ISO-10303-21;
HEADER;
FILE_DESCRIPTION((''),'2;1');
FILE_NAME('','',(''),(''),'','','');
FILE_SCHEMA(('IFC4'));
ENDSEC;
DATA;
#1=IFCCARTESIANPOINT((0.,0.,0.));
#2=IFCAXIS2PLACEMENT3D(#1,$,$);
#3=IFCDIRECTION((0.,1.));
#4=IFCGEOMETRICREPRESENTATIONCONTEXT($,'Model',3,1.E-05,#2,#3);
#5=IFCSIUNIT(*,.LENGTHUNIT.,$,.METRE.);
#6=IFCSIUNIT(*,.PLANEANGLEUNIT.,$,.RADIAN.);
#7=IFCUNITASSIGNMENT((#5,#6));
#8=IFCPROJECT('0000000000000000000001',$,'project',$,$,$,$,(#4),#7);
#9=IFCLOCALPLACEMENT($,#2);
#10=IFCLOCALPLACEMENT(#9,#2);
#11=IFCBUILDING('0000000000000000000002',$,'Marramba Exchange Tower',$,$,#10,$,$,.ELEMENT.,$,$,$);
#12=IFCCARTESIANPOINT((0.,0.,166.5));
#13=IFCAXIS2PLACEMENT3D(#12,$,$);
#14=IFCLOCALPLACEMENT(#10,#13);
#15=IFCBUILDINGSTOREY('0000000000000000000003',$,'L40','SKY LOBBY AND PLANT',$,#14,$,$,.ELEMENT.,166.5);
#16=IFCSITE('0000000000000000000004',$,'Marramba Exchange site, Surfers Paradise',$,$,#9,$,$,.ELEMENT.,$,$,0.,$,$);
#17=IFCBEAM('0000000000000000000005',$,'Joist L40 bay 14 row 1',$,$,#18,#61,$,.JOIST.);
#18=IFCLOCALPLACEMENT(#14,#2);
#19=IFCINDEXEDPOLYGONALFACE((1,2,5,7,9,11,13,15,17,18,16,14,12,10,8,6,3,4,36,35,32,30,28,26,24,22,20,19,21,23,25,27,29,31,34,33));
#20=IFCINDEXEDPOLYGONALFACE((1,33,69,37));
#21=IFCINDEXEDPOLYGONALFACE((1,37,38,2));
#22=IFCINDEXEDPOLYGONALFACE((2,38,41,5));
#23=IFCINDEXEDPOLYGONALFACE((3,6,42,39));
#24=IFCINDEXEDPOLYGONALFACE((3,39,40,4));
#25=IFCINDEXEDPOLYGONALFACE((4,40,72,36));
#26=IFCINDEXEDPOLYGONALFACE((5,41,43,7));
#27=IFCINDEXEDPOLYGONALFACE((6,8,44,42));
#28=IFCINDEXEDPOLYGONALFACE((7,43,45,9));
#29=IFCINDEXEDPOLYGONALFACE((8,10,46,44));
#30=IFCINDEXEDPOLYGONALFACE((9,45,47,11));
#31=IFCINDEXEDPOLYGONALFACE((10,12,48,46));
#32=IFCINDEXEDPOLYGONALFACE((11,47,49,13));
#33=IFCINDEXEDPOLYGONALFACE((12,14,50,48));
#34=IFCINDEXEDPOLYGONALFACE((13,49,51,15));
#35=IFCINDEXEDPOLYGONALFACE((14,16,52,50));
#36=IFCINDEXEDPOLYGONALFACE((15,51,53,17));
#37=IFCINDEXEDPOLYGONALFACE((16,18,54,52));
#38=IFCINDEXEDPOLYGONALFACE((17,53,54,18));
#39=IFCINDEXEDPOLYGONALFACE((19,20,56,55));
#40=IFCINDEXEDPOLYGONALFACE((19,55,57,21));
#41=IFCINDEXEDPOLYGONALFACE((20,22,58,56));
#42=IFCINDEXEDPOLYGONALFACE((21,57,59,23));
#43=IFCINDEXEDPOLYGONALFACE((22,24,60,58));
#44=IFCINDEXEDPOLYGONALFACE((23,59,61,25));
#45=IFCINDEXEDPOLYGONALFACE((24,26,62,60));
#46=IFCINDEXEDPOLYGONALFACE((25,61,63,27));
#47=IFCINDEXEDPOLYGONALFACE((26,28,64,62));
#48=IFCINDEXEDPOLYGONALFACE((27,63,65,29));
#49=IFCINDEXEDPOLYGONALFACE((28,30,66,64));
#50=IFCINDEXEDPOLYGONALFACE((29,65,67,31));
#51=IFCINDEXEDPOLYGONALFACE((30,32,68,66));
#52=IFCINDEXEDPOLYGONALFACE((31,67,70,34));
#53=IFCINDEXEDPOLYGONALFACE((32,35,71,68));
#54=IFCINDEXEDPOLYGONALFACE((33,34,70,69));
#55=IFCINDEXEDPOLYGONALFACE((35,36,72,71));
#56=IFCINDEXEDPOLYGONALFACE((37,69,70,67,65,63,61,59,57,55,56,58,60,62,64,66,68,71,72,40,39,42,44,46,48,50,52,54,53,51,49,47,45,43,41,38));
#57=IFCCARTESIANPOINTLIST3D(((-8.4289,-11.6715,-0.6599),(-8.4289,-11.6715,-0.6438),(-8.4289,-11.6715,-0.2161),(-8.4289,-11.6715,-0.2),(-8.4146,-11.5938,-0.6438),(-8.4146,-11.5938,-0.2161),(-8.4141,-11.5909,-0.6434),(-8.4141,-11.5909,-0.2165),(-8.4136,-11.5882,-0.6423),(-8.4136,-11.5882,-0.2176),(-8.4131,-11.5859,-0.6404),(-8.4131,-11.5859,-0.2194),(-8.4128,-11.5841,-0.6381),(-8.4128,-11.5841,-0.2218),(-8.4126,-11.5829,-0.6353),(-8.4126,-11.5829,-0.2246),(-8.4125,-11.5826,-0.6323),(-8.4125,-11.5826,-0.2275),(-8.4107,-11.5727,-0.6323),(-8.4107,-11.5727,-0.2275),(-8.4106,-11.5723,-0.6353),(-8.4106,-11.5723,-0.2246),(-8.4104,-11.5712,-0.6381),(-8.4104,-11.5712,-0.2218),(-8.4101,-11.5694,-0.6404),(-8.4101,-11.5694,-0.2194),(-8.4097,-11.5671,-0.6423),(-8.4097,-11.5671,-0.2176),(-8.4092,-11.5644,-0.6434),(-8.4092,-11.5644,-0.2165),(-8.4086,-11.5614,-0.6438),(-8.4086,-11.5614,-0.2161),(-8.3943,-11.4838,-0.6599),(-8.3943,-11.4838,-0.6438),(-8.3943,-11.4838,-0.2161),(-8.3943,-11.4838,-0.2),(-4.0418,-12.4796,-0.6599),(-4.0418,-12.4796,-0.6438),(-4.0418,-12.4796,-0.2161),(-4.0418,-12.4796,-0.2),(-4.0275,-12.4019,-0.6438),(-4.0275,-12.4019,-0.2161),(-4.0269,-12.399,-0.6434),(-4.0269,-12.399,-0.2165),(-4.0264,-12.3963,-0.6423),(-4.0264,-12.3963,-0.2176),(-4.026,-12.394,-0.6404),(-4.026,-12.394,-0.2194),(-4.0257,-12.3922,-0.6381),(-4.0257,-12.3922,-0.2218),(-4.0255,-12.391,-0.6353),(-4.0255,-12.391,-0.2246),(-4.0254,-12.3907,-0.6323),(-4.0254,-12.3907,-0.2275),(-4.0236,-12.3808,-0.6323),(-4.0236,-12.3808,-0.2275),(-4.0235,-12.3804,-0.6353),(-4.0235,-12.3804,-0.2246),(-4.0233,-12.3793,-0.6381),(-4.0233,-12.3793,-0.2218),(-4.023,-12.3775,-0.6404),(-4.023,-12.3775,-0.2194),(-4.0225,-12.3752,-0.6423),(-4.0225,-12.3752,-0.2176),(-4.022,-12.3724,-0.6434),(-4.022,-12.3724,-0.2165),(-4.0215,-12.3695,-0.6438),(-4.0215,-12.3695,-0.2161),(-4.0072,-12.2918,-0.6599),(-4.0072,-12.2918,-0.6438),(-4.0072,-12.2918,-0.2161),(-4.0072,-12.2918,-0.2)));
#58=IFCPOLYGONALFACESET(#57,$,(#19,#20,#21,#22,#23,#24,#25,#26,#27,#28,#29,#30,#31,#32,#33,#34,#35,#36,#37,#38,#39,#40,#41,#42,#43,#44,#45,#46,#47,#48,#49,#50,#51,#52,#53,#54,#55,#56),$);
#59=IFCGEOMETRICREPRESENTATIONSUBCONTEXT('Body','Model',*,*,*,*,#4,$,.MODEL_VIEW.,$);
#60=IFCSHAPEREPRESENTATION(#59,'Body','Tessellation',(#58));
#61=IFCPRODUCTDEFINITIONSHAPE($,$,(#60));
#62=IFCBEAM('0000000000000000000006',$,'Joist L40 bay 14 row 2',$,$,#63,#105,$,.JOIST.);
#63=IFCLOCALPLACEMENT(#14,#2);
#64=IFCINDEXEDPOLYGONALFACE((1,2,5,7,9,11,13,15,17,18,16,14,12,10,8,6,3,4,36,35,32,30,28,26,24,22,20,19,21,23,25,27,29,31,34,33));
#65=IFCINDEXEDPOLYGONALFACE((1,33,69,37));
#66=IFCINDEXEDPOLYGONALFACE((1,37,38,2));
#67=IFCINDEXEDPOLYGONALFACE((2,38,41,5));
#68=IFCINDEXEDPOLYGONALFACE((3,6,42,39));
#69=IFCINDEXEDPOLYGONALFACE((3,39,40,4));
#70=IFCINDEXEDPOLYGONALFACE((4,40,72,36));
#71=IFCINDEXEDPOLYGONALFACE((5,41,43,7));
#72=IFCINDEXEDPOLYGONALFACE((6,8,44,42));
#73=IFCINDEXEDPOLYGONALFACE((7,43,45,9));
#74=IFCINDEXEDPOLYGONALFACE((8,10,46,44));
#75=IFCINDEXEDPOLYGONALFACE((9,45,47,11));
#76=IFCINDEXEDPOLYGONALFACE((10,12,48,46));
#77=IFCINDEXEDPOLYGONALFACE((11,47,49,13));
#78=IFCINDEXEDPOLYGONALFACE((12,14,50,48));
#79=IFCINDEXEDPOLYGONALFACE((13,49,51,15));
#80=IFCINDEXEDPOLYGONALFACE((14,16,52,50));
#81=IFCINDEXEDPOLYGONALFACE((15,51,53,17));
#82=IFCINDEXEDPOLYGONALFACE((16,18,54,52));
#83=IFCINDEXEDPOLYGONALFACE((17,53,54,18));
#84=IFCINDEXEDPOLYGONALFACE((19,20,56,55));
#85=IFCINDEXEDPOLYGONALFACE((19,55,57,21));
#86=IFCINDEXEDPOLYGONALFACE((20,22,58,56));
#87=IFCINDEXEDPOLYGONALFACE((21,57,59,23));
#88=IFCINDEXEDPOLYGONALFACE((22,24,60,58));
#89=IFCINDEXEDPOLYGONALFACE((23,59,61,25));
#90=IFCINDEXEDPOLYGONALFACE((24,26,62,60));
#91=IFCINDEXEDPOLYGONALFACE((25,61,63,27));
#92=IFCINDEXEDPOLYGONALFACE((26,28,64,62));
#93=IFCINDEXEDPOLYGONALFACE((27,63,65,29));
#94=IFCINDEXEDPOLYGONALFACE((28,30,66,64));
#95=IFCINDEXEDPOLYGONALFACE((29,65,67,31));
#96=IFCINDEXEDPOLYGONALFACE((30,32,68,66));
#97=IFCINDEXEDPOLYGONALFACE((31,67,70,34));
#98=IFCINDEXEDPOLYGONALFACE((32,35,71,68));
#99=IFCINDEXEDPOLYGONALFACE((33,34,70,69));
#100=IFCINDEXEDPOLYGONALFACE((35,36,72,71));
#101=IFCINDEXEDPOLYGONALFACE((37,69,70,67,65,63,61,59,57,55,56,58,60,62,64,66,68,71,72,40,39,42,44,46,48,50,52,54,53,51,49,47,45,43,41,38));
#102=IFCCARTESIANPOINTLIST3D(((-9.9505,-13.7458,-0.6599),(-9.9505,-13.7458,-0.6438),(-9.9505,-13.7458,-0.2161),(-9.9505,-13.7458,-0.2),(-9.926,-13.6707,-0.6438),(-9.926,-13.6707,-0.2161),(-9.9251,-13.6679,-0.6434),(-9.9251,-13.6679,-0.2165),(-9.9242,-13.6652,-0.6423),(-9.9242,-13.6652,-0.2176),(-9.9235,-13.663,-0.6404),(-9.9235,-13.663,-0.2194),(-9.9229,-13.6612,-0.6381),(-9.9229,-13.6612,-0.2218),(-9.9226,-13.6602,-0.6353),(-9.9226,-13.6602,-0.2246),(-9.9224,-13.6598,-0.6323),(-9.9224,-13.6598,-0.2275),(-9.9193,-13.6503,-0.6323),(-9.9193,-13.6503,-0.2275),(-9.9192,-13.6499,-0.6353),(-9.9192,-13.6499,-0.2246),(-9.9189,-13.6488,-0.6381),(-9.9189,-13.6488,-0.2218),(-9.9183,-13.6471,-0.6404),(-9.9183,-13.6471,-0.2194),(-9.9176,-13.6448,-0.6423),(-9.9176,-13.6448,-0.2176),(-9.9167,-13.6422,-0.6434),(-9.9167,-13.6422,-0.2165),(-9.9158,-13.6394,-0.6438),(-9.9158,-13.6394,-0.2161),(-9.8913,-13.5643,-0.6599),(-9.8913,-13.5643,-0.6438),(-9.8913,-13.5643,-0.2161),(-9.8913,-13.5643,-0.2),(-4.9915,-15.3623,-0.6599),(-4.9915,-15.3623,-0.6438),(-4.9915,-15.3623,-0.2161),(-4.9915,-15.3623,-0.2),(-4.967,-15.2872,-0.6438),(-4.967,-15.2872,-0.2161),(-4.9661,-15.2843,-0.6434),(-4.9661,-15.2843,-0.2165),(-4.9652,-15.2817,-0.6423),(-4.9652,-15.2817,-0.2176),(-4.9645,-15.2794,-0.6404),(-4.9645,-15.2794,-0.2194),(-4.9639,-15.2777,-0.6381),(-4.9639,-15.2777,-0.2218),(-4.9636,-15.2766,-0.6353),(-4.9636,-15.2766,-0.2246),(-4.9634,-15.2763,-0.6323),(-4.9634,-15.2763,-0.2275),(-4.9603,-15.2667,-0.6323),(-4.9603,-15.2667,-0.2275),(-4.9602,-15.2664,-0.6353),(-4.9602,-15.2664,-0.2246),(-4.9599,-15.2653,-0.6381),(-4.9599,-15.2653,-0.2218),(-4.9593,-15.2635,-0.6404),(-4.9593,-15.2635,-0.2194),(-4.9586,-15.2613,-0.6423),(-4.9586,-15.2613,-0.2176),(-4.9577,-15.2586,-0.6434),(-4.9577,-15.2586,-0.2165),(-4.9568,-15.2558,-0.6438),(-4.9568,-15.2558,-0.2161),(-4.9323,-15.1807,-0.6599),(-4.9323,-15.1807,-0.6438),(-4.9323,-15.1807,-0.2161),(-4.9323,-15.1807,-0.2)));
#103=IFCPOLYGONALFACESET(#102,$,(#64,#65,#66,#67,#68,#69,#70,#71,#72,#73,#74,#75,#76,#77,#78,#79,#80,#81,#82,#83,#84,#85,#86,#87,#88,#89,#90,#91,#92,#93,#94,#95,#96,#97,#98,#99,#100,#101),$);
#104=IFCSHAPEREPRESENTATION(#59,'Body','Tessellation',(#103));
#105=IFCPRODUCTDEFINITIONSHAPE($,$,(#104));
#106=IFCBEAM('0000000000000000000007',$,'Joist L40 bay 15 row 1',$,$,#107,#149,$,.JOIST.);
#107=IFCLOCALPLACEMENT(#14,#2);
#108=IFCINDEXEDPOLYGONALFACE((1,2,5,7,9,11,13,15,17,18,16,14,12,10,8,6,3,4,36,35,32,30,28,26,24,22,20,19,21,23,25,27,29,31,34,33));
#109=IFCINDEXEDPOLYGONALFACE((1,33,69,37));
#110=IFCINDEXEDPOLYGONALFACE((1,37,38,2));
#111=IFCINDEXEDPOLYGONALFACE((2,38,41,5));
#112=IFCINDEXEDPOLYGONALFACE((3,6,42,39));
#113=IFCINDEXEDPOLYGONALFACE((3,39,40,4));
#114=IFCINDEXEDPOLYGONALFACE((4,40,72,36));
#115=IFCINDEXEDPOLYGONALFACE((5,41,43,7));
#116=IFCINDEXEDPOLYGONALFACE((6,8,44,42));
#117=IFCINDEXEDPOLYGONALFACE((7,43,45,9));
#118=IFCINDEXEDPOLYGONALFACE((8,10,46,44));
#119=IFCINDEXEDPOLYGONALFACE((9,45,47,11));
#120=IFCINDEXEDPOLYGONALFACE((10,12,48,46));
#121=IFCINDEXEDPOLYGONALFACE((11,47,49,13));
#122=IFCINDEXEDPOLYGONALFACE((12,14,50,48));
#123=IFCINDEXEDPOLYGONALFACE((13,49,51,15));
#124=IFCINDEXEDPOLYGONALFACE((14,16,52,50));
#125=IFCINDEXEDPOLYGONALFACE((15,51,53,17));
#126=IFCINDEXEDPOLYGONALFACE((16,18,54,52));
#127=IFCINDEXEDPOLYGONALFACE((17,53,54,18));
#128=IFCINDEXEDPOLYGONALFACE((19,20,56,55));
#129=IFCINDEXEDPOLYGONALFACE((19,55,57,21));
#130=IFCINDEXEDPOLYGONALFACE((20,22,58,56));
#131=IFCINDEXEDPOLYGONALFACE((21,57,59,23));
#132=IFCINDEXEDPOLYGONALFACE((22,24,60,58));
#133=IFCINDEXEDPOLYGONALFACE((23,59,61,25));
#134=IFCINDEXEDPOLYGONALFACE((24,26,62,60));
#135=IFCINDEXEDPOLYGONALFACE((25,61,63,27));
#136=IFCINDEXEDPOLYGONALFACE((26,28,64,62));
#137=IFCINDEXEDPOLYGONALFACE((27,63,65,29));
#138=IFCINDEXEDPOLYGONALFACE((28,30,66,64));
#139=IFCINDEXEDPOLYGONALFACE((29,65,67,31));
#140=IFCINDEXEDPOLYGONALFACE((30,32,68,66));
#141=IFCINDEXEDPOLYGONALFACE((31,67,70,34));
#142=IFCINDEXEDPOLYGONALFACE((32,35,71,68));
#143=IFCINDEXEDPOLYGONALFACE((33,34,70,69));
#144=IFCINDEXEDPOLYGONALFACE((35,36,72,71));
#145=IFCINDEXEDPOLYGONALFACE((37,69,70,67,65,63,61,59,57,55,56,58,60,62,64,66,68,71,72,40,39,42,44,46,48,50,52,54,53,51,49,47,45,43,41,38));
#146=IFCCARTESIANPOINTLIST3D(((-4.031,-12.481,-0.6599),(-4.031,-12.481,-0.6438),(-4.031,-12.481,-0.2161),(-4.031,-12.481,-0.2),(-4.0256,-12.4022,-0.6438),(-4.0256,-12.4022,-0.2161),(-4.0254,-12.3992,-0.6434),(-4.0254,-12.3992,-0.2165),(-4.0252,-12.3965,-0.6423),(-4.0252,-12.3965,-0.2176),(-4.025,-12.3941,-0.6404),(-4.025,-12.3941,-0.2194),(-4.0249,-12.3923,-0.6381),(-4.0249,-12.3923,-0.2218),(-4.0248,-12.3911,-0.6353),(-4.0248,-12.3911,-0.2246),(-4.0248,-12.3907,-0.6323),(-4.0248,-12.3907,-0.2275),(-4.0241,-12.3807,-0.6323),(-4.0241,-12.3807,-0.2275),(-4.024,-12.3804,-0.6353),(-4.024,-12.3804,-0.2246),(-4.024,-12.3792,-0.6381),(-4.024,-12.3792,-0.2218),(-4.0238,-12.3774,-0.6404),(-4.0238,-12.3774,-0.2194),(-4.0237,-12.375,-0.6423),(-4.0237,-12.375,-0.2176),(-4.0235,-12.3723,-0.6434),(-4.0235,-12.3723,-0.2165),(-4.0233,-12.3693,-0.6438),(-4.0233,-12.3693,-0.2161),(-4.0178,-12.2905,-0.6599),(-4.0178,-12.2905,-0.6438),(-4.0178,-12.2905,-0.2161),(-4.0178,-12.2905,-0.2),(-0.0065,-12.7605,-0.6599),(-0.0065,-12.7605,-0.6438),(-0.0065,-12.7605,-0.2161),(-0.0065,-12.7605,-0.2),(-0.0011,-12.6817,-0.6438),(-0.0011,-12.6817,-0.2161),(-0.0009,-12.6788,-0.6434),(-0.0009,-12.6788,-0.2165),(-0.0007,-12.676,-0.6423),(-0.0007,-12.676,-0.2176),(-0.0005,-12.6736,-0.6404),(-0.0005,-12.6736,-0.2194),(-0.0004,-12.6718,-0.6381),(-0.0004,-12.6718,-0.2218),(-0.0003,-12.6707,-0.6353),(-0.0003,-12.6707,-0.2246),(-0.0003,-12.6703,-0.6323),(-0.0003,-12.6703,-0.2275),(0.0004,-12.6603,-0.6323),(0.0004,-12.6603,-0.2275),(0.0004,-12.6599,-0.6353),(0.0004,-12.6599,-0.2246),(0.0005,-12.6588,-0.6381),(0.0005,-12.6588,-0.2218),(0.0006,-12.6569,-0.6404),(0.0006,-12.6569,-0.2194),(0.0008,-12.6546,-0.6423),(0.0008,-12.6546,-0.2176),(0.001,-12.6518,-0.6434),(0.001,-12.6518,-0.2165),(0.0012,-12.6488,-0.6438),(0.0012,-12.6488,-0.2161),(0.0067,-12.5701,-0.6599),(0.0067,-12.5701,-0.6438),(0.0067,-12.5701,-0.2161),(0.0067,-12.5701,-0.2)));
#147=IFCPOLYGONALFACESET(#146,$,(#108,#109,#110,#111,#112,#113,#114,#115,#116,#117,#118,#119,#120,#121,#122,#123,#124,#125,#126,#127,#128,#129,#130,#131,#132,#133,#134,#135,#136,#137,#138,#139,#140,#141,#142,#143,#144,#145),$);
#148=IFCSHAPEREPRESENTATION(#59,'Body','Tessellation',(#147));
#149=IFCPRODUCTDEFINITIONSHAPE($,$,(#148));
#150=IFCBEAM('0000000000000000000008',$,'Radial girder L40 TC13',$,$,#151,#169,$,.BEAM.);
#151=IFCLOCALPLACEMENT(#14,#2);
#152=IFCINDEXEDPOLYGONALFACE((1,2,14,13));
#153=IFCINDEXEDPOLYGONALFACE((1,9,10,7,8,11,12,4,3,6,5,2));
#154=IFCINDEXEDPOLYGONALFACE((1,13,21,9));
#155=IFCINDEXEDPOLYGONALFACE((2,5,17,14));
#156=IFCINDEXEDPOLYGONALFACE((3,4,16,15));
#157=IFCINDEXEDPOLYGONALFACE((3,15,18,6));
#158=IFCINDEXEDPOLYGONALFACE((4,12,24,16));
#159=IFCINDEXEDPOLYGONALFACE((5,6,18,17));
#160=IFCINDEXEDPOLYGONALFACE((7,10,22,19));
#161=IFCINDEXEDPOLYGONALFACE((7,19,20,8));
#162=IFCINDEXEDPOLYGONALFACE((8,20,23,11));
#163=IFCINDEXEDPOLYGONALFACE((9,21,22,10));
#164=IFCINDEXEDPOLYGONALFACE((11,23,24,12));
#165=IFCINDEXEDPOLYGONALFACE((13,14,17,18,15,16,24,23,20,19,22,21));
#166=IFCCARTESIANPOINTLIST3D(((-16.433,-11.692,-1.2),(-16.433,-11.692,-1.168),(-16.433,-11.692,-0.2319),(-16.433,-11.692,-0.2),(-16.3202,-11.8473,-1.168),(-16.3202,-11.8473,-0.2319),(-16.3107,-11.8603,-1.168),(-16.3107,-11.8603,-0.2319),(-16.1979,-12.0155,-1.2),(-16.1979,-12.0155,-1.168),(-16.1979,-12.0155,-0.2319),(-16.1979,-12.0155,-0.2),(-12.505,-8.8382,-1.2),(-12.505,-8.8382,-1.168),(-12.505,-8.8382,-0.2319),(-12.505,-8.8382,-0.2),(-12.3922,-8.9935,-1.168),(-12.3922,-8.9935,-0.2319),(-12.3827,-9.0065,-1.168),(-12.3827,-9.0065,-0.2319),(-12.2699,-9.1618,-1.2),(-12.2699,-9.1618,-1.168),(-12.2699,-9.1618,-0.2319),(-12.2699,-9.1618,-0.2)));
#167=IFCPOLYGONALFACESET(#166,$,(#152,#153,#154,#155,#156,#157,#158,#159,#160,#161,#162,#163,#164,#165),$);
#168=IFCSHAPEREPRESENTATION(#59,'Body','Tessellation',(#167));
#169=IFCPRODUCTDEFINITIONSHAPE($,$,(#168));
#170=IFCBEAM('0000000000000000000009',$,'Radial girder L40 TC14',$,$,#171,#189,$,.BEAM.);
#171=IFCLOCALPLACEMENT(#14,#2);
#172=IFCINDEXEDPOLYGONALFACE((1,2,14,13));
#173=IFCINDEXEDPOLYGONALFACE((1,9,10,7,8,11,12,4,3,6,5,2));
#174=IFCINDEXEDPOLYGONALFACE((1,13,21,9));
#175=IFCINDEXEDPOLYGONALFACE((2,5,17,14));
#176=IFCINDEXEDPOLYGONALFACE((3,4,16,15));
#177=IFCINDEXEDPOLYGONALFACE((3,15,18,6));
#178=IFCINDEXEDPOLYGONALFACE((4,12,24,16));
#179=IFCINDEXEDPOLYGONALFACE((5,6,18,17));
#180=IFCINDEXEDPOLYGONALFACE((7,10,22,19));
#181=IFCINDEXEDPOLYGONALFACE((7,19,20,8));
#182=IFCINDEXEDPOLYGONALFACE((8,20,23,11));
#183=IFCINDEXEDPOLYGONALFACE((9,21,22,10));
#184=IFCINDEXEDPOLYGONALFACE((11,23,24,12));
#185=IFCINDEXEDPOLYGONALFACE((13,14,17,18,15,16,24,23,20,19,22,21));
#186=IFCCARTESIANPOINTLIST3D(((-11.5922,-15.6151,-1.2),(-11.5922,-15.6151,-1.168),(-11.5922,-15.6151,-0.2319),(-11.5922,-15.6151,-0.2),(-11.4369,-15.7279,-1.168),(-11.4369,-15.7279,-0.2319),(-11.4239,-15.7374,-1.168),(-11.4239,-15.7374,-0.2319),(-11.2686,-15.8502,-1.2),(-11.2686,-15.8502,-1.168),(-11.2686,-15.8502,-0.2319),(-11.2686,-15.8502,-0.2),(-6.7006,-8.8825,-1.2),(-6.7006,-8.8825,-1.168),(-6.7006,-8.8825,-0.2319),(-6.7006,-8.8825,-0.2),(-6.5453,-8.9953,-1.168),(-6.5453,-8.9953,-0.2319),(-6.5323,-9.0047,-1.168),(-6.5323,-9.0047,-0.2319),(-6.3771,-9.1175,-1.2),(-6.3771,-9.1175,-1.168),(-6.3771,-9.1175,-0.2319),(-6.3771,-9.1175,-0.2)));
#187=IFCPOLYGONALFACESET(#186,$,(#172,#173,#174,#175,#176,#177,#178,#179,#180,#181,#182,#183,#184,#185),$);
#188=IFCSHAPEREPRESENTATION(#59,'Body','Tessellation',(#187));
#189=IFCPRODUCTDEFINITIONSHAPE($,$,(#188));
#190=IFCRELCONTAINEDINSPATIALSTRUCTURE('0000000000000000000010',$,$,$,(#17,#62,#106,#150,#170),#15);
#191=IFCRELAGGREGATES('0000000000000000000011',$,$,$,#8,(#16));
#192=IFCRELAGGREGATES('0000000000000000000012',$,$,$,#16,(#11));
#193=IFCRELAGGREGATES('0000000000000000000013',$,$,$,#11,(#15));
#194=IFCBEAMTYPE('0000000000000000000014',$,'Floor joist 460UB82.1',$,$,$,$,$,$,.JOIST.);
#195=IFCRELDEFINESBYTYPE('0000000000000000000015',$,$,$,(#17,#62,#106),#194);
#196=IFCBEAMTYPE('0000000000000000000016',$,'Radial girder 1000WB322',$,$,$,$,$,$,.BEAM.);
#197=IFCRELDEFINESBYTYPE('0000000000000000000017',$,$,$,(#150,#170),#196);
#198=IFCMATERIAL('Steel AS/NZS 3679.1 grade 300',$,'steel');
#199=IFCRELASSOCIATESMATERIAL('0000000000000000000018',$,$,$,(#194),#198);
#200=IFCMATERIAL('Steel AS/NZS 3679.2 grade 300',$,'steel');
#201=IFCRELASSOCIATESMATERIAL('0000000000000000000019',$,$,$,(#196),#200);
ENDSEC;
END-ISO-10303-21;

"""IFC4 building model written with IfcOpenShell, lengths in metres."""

from ifc_helpers import new_model, si_unit, direction, frame, origin, origin_2d, place, context, subcontext, project, spatial, i_section, extrude, material, material_profile, profile_set, type_object, element, save


model = new_model("IFC4")

# Units and contexts
model_context = context("Model", 3, precision=1e-05, world=origin(), true_north=direction((0.0, 1.0)))
body_context = subcontext(model_context, "Body", "Model", "MODEL_VIEW")
ifc_project = project(units=[si_unit("LENGTHUNIT", "METRE"), si_unit("PLANEANGLEUNIT", "RADIAN")], contexts=[model_context])

# Site, building, storey
site_placement = place(None, origin())
site = spatial("IfcSite", under=ifc_project, at=site_placement, Name="Marramba Exchange site, Surfers Paradise", CompositionType="ELEMENT", RefElevation=0.0)
building_placement = place(site_placement, origin())
building = spatial("IfcBuilding", under=site, at=building_placement, Name="Marramba Exchange Tower", CompositionType="ELEMENT")
storey_placement = place(building_placement, frame((0.0, 0.0, 166.5)))
storey = spatial("IfcBuildingStorey", under=building, at=storey_placement, Name="L40", Description="SKY LOBBY AND PLANT", CompositionType="ELEMENT", Elevation=166.5)

# Beams
ifc_material_1 = material(Name="Steel AS/NZS 3679.1 grade 300", Category="steel")
ifc_material_profile_1 = material_profile(ifc_material_1, i_section(OverallWidth=0.1909, OverallDepth=0.46, WebThickness=0.01, FlangeThickness=0.0161, FilletRadius=0.0115, at=origin_2d()), Name="460UB82.1")
ifc_profile_set_1 = profile_set([ifc_material_profile_1], Name="Steel AS/NZS 3679.1 grade 300")
beam_type_1 = type_object("IfcBeamType", Name="Floor joist 460UB82.1", PredefinedType="JOIST", material=ifc_profile_set_1)
beam_1_placement = place(storey_placement, frame((-8.4116, -11.5776, -0.4299), z_axis=(0.983456, -0.181149, 0.0), x_axis=(0.181149, 0.983456, 0.0)))
element("IfcBeam", 1, at=beam_1_placement, inside=storey, type_object=beam_type_1, Name="Joist L40 bay 14 row 1", PredefinedType="JOIST", context=body_context, shape_type="SweptSolid", body=[
    extrude(i_section(OverallWidth=0.1909, OverallDepth=0.46, WebThickness=0.01, FlangeThickness=0.0161, FilletRadius=0.0115, at=origin_2d()), origin(), (0.0, 0.0, 1.0), 4.4609),
])
beam_2_placement = place(storey_placement, frame((-9.9209, -13.655, -0.4299), z_axis=(0.950764, -0.309916, 0.0), x_axis=(0.309916, 0.950764, 0.0)))
element("IfcBeam", 2, at=beam_2_placement, inside=storey, type_object=beam_type_1, Name="Joist L40 bay 14 row 2", PredefinedType="JOIST", context=body_context, shape_type="SweptSolid", body=[
    extrude(i_section(OverallWidth=0.1909, OverallDepth=0.46, WebThickness=0.01, FlangeThickness=0.0161, FilletRadius=0.0115, at=origin_2d()), origin(), (0.0, 0.0, 1.0), 5.2158),
])
beam_3_placement = place(storey_placement, frame((-4.0244, -12.3857, -0.4299), z_axis=(0.997596, -0.069294, 0.0), x_axis=(0.069294, 0.997596, 0.0)))
element("IfcBeam", 3, at=beam_3_placement, inside=storey, type_object=beam_type_1, Name="Joist L40 bay 15 row 1", PredefinedType="JOIST", context=body_context, shape_type="SweptSolid", body=[
    extrude(i_section(OverallWidth=0.1909, OverallDepth=0.46, WebThickness=0.01, FlangeThickness=0.0161, FilletRadius=0.0115, at=origin_2d()), origin(), (0.0, 0.0, 1.0), 4.0342),
])
ifc_material_2 = material(Name="Steel AS/NZS 3679.2 grade 300", Category="steel")
ifc_material_profile_2 = material_profile(ifc_material_2, i_section(OverallWidth=0.3999, OverallDepth=1.0, WebThickness=0.0161, FlangeThickness=0.032, at=origin_2d()), Name="1000WB322")
ifc_profile_set_2 = profile_set([ifc_material_profile_2], Name="Steel AS/NZS 3679.2 grade 300")
beam_type_2 = type_object("IfcBeamType", Name="Radial girder 1000WB322", PredefinedType="BEAM", material=ifc_profile_set_2)
beam_4_placement = place(storey_placement, frame((-12.3875, -9.0, -0.7), z_axis=(-0.809025, -0.587774, 0.0), x_axis=(0.587774, -0.809025, 0.0)))
element("IfcBeam", 4, at=beam_4_placement, inside=storey, type_object=beam_type_2, Name="Radial girder L40 TC13", PredefinedType="BEAM", context=body_context, shape_type="SweptSolid", body=[
    extrude(i_section(OverallWidth=0.3999, OverallDepth=1.0, WebThickness=0.0161, FlangeThickness=0.032, at=origin_2d()), origin(), (0.0, 0.0, 1.0), 4.8552),
])
beam_5_placement = place(storey_placement, frame((-6.5388, -9.0, -0.7), z_axis=(-0.587788, -0.809015, 0.0), x_axis=(0.809015, -0.587788, 0.0)))
element("IfcBeam", 5, at=beam_5_placement, inside=storey, type_object=beam_type_2, Name="Radial girder L40 TC14", PredefinedType="BEAM", context=body_context, shape_type="SweptSolid", body=[
    extrude(i_section(OverallWidth=0.3999, OverallDepth=1.0, WebThickness=0.0161, FlangeThickness=0.032, at=origin_2d()), origin(), (0.0, 0.0, 1.0), 8.322),
])

save(model, "model.ifc")
